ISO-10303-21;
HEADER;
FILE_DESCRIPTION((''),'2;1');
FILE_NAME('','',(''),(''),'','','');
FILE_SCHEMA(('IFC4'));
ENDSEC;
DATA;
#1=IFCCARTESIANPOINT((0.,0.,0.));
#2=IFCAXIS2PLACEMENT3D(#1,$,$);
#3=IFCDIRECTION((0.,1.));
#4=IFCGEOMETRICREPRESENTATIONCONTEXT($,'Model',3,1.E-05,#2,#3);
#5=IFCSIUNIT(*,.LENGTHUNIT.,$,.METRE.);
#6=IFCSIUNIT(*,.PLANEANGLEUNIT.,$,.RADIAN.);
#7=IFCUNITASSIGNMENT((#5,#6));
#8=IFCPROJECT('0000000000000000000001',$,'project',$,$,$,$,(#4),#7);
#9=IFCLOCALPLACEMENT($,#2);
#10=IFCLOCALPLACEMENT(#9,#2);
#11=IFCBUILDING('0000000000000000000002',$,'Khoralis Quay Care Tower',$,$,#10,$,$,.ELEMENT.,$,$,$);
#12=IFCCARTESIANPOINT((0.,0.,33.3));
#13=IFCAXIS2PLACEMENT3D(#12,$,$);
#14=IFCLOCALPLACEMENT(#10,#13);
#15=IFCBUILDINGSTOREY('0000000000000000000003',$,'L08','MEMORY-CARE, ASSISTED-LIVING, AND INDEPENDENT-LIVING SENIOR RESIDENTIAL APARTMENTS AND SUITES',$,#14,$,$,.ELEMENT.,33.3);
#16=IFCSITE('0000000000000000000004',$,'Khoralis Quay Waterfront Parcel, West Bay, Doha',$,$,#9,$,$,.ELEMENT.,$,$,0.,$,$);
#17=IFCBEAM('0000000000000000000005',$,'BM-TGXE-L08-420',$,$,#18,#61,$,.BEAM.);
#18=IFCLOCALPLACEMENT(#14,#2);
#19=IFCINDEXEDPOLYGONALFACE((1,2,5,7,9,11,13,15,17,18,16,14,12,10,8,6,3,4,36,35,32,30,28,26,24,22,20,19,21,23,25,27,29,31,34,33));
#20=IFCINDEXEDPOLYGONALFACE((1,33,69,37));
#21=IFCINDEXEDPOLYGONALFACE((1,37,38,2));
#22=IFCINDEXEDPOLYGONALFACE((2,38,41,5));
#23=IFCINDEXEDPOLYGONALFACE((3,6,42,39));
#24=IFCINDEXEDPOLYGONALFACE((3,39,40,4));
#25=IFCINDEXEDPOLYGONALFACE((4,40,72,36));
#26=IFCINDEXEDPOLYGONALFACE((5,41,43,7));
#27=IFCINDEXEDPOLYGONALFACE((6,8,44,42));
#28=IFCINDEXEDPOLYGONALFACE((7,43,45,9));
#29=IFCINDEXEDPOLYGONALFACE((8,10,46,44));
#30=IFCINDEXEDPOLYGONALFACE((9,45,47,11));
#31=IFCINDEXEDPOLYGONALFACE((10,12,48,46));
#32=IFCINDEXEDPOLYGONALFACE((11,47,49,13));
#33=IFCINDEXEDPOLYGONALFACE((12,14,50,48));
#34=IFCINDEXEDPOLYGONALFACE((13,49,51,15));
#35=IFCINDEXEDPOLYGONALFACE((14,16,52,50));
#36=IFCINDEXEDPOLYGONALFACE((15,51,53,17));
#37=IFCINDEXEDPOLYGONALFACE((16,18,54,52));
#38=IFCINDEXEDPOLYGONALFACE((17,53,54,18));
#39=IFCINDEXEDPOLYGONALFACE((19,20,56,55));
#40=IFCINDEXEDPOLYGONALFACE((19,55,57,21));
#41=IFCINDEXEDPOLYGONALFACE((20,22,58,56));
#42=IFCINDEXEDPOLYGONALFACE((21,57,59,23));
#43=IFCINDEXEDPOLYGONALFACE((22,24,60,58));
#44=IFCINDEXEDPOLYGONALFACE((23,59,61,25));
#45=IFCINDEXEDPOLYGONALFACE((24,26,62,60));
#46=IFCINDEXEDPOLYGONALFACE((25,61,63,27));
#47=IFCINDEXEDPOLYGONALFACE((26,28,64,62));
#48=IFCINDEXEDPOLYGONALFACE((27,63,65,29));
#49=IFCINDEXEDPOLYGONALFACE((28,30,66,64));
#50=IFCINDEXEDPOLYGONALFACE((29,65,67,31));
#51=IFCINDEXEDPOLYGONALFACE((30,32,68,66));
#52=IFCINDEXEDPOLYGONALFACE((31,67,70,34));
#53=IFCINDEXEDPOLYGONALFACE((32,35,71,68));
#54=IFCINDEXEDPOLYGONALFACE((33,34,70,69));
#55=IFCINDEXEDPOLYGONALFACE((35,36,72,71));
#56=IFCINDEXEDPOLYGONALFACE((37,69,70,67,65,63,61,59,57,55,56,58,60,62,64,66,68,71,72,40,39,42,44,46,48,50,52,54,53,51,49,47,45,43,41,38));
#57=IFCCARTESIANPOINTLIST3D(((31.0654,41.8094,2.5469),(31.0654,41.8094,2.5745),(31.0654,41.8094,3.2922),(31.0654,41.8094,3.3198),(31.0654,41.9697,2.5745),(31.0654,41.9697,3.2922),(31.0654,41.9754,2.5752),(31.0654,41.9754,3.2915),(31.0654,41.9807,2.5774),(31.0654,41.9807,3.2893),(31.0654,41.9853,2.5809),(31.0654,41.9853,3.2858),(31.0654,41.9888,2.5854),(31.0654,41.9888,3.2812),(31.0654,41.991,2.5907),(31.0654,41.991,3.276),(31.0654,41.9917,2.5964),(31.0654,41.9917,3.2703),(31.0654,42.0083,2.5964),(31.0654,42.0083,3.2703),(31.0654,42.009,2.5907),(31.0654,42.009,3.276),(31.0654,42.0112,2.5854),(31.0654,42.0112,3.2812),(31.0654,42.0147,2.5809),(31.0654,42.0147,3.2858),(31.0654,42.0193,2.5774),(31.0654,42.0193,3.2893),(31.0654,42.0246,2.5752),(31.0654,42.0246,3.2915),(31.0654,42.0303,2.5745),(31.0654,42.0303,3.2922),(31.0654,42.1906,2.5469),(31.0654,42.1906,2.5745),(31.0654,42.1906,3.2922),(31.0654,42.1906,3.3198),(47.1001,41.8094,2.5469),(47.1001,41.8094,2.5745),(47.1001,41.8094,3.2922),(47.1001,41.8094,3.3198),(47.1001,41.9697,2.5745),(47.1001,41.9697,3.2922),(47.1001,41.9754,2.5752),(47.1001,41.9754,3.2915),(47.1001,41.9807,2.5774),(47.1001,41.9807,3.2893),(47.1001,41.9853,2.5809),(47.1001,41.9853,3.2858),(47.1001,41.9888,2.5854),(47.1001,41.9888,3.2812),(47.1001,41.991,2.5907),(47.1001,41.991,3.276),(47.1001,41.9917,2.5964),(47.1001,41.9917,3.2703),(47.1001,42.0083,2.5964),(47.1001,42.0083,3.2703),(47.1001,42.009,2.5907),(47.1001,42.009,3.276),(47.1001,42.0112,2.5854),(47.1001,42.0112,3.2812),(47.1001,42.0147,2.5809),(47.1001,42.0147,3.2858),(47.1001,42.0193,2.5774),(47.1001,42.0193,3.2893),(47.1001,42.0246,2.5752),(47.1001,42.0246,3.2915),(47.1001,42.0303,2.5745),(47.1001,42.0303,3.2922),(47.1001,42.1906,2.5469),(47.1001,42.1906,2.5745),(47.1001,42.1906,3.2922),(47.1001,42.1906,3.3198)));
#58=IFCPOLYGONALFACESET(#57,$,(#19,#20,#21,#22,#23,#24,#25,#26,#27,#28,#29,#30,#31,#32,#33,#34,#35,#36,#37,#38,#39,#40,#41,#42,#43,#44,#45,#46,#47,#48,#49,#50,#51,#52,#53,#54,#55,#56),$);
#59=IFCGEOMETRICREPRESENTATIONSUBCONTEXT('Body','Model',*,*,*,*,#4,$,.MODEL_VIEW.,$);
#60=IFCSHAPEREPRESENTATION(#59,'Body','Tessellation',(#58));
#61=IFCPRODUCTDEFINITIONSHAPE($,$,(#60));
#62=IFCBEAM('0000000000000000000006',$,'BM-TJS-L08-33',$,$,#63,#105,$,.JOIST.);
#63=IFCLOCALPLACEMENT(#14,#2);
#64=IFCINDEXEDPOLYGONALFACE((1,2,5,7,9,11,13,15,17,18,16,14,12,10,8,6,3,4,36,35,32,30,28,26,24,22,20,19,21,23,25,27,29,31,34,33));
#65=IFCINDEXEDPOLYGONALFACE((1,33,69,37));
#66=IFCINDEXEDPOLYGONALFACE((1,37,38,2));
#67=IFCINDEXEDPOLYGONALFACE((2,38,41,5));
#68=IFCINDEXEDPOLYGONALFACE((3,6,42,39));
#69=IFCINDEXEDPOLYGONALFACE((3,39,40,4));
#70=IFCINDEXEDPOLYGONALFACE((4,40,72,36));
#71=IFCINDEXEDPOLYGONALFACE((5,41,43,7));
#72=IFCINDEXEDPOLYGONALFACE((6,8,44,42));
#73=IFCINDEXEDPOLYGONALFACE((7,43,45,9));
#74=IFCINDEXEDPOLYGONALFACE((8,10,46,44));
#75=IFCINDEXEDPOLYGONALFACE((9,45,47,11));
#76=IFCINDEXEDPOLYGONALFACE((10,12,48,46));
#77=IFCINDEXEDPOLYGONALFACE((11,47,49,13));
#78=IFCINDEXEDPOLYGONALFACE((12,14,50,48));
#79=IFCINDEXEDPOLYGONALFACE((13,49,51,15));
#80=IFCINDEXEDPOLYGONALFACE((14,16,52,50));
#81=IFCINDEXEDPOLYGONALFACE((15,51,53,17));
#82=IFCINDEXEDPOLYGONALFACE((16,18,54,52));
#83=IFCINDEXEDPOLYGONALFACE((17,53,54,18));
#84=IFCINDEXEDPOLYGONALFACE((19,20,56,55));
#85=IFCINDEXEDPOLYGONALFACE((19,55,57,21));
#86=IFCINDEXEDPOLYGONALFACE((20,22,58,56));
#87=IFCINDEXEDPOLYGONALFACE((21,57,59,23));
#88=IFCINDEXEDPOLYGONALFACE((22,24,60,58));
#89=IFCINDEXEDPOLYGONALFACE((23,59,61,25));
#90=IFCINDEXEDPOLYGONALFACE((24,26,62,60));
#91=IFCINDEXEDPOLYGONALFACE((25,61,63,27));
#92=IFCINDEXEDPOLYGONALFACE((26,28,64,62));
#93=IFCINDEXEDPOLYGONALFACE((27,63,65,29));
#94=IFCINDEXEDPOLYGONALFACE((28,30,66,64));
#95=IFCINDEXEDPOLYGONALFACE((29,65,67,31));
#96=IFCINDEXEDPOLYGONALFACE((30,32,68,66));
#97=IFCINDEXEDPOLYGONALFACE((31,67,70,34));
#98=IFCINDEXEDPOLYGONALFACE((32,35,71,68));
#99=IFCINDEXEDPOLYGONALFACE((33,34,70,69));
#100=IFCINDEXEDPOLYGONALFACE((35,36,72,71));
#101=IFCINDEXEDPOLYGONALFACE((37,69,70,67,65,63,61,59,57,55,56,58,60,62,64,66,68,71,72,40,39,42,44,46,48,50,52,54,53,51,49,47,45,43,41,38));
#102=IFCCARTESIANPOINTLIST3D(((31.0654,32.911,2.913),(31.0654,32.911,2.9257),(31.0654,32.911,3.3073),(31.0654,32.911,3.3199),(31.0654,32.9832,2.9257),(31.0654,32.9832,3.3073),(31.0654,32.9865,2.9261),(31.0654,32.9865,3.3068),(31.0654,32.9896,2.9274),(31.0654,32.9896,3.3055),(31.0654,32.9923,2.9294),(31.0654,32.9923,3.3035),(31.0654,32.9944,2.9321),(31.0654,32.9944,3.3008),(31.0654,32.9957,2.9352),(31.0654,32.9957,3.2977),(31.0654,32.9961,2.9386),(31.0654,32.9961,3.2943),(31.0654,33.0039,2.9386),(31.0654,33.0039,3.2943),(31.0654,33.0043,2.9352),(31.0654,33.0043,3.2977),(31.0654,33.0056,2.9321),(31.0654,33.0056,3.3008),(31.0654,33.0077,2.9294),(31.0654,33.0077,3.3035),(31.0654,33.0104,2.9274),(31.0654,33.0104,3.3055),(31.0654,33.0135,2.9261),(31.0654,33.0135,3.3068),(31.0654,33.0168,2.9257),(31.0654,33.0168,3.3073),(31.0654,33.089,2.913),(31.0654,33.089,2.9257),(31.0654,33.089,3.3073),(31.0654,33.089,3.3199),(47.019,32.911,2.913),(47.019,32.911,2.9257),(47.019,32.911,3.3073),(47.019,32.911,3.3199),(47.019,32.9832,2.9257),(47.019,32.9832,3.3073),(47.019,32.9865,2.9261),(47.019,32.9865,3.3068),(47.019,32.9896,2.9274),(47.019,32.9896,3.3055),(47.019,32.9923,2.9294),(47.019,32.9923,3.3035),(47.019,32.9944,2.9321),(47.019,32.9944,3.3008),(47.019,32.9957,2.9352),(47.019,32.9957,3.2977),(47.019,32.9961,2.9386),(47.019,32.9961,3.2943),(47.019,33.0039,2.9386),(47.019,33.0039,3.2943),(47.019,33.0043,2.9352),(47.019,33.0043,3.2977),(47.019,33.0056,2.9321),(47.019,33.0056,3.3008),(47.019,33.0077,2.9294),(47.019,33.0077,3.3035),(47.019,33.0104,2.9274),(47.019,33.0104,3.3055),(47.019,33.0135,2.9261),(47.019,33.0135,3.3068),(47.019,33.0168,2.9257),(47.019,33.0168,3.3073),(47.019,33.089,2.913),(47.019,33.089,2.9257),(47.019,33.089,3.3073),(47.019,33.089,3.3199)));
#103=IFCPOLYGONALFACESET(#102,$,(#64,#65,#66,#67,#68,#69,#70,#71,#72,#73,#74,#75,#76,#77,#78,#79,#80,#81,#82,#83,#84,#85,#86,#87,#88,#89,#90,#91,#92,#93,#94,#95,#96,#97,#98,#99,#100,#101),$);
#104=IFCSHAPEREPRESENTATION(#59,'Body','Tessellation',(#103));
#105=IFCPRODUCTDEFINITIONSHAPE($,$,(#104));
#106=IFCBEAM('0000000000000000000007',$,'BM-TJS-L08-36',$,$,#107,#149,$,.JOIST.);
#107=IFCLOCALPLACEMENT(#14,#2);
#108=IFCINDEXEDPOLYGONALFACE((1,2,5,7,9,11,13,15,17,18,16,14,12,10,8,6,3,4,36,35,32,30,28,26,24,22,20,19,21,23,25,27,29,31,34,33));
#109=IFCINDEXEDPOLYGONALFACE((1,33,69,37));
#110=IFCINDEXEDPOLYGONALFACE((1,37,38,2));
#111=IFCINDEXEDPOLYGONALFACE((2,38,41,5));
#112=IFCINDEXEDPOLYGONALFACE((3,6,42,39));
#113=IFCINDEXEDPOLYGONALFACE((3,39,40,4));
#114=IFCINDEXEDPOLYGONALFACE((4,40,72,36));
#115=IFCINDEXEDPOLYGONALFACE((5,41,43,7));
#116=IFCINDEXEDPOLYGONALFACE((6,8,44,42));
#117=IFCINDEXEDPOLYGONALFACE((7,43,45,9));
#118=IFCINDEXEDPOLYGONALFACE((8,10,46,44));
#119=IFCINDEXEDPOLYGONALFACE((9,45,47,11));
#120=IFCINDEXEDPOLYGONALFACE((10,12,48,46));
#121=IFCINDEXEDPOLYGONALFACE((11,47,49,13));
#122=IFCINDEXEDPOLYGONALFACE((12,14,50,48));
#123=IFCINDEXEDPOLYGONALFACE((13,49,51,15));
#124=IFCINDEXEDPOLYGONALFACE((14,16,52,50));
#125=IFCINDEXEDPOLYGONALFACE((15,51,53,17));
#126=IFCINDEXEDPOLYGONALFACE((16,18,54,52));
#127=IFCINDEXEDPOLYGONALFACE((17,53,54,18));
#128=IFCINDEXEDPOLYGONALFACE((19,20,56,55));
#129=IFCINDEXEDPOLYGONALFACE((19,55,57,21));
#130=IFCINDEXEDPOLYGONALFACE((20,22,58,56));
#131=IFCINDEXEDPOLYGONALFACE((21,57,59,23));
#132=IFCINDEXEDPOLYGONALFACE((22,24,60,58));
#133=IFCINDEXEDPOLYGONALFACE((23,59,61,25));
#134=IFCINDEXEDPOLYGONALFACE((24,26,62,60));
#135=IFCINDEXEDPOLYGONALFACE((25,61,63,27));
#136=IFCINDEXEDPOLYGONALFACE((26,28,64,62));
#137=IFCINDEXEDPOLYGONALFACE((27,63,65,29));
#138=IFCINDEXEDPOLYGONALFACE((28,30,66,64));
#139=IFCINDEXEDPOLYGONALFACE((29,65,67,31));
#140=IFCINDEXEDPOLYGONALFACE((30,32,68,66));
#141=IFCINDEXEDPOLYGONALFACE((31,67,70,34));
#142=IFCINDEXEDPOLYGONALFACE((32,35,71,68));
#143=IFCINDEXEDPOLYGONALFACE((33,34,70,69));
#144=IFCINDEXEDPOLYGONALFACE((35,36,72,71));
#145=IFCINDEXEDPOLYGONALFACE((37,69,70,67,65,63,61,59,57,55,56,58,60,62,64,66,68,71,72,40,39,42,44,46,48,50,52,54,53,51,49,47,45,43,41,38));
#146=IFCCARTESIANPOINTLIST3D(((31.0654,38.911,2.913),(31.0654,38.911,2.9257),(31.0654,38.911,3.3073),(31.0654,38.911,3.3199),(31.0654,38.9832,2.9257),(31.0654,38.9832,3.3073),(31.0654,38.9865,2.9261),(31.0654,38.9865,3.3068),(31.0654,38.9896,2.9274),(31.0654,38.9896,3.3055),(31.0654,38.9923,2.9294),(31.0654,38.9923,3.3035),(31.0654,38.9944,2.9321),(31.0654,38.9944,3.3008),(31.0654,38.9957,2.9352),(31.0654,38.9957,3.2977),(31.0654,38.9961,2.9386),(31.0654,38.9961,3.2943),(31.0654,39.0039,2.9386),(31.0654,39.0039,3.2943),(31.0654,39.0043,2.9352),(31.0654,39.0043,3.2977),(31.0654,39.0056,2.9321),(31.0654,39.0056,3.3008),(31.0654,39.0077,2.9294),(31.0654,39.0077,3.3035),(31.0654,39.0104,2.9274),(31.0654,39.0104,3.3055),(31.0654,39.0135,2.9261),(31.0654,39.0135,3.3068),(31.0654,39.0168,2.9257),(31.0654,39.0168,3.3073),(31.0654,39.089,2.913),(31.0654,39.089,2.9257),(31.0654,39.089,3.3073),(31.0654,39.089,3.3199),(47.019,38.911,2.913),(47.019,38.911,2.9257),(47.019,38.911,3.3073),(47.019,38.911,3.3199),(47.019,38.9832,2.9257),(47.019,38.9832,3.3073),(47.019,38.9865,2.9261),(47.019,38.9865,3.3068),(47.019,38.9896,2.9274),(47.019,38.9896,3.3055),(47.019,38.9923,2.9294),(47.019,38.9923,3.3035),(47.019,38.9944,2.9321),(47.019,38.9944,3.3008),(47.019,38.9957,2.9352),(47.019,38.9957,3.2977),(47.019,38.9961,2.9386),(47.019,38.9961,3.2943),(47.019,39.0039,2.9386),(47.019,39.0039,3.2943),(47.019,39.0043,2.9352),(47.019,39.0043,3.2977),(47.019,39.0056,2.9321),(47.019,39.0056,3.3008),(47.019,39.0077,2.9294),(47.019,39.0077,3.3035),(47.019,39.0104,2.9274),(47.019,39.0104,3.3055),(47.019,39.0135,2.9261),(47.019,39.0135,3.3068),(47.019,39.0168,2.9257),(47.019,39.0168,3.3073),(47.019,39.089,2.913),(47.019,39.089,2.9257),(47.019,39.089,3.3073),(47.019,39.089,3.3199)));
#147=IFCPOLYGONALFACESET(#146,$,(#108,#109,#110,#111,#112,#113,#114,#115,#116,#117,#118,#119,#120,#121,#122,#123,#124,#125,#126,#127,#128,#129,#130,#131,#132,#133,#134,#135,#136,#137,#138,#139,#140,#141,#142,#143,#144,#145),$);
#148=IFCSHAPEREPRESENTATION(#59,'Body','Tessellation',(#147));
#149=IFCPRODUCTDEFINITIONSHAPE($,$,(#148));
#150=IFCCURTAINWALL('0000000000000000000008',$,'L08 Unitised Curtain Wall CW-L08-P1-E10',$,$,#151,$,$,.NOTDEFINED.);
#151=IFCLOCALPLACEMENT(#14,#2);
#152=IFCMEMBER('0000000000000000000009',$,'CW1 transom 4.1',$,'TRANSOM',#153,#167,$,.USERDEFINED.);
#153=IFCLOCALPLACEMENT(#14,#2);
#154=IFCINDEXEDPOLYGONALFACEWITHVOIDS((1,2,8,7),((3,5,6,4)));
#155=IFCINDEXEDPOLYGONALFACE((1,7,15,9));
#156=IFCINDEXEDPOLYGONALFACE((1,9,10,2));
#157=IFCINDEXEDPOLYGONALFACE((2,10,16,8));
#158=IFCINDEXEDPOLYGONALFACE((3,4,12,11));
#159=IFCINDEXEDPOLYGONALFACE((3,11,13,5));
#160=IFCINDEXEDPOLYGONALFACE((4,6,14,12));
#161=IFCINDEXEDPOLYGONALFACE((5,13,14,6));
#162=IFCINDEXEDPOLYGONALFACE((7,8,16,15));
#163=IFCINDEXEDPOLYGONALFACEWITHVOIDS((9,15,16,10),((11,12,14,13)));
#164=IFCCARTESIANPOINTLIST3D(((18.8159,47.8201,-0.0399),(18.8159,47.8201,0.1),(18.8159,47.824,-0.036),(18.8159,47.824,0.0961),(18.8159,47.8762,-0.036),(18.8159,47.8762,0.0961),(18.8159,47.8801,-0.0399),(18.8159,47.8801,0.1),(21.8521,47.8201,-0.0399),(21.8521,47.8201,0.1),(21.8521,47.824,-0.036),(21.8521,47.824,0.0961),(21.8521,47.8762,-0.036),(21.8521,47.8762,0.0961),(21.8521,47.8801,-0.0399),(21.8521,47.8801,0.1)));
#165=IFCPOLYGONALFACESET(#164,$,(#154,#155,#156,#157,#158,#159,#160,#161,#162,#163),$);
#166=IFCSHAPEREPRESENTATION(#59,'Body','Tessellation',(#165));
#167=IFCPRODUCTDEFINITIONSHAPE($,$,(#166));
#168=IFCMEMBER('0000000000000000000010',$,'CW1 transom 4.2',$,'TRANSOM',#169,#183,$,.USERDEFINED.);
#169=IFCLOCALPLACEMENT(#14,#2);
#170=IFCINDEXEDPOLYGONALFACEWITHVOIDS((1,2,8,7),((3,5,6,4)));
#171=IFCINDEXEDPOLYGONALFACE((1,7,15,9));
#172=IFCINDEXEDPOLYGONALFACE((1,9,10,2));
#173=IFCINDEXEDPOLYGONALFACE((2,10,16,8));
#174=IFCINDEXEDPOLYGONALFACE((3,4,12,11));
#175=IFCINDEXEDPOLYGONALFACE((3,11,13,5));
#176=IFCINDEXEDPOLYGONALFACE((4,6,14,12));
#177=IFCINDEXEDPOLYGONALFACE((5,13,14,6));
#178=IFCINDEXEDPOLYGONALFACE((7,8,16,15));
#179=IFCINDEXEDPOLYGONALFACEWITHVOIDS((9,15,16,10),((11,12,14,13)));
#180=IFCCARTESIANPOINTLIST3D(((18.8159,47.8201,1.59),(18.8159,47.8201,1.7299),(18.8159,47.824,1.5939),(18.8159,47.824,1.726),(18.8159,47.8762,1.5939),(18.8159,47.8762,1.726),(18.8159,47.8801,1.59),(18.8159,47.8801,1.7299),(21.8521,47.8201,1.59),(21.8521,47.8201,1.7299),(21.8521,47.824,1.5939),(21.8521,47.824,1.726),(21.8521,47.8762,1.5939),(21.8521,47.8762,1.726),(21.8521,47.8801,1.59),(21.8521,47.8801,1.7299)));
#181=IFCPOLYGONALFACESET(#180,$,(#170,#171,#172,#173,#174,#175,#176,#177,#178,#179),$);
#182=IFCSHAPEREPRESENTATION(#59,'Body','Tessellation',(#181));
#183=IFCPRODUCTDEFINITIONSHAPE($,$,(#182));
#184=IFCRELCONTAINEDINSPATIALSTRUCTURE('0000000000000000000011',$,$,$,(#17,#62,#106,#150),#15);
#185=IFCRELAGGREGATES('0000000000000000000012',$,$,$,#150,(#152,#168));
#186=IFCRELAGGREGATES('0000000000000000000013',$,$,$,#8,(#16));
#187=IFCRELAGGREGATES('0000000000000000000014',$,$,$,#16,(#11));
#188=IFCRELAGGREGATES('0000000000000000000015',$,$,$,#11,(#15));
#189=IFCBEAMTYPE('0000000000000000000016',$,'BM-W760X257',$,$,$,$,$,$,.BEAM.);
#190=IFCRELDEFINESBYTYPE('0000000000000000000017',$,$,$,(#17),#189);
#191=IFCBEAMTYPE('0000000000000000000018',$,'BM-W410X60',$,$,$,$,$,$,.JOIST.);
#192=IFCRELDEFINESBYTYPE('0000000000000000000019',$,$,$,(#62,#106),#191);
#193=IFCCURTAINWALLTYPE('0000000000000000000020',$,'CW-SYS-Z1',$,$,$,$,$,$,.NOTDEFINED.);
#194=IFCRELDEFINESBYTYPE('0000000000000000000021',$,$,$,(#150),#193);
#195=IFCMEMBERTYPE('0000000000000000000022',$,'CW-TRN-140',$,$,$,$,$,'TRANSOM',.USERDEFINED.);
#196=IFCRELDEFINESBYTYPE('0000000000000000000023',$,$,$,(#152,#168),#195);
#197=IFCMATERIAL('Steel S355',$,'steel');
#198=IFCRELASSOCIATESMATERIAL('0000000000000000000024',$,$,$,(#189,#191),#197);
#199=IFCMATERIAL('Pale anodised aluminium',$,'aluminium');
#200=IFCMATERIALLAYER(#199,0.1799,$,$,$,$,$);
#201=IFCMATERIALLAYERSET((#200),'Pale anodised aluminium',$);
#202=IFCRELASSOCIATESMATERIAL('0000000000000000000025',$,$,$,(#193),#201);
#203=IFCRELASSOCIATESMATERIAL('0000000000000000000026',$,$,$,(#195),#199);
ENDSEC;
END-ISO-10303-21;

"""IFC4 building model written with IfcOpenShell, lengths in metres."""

from ifc_helpers import new_model, si_unit, direction, frame, origin, origin_2d, place, context, subcontext, project, spatial, hollow_rectangle, i_section, extrude, source, transform, mapped, material, layer, layer_set, material_profile, profile_set, type_object, element, aggregate, save


model = new_model("IFC4")

# Units and contexts
model_context = context("Model", 3, precision=1e-05, world=origin(), true_north=direction((0.0, 1.0)))
body_context = subcontext(model_context, "Body", "Model", "MODEL_VIEW")
ifc_project = project(units=[si_unit("LENGTHUNIT", "METRE"), si_unit("PLANEANGLEUNIT", "RADIAN")], contexts=[model_context])

# Site, building, storey
site_placement = place(None, origin())
site = spatial("IfcSite", under=ifc_project, at=site_placement, Name="Khoralis Quay Waterfront Parcel, West Bay, Doha", CompositionType="ELEMENT", RefElevation=0.0)
building_placement = place(site_placement, origin())
building = spatial("IfcBuilding", under=site, at=building_placement, Name="Khoralis Quay Care Tower", CompositionType="ELEMENT")
storey_placement = place(building_placement, frame((0.0, 0.0, 33.3)))
storey = spatial("IfcBuildingStorey", under=building, at=storey_placement, Name="L08", Description="MEMORY-CARE, ASSISTED-LIVING, AND INDEPENDENT-LIVING SENIOR RESIDENTIAL APARTMENTS AND SUITES", CompositionType="ELEMENT", Elevation=33.3)

# Beams
ifc_material_1 = material(Name="Steel S355", Category="steel")
ifc_material_profile_1 = material_profile(ifc_material_1, i_section(OverallWidth=0.3811, OverallDepth=0.7729, WebThickness=0.0166, FlangeThickness=0.0276, FilletRadius=0.022, at=origin_2d()), Name="Steel S355")
ifc_profile_set_1 = profile_set([ifc_material_profile_1], Name="Steel S355")
beam_type_1 = type_object("IfcBeamType", Name="BM-W760X257", PredefinedType="BEAM", material=ifc_profile_set_1)
shared_shape_1 = source(origin(), body_context, "Body", "SweptSolid", [
    extrude(i_section(OverallWidth=0.3811, OverallDepth=0.7729, WebThickness=0.0166, FlangeThickness=0.0276, FilletRadius=0.022, at=origin_2d()), origin(), (0.0, 0.0, 1.0), 16.0347),
])
for number, where, z_axis, x_axis, name in (
    (1, (31.0654, 42.0, 2.9333), (1.0, 0.0, 0.0), (0.0, 1.0, 0.0), "BM-TGXE-L08-420"),
):
    element("IfcBeam", number, at=place(storey_placement, frame(where, z_axis=z_axis, x_axis=x_axis)), inside=storey, type_object=beam_type_1, Name=name, PredefinedType="BEAM", context=body_context, shape_type="MappedRepresentation", body=[
        mapped(shared_shape_1, transform((0.0, 0.0, 0.0), scale=1.0)),
    ])
ifc_material_profile_2 = material_profile(ifc_material_1, i_section(OverallWidth=0.178, OverallDepth=0.407, WebThickness=0.0078, FlangeThickness=0.0127, FilletRadius=0.0129, at=origin_2d()), Name="Steel S355")
ifc_profile_set_2 = profile_set([ifc_material_profile_2], Name="Steel S355")
beam_type_2 = type_object("IfcBeamType", Name="BM-W410X60", PredefinedType="JOIST", material=ifc_profile_set_2)
shared_shape_2 = source(origin(), body_context, "Body", "SweptSolid", [
    extrude(i_section(OverallWidth=0.178, OverallDepth=0.407, WebThickness=0.0078, FlangeThickness=0.0127, FilletRadius=0.0129, at=origin_2d()), origin(), (0.0, 0.0, 1.0), 15.9536),
])
for number, where, z_axis, x_axis, name in (
    (2, (31.0654, 33.0, 3.1165), (1.0, 0.0, 0.0), (0.0, 1.0, 0.0), "BM-TJS-L08-33"),
    (3, (31.0654, 39.0, 3.1165), (1.0, 0.0, 0.0), (0.0, 1.0, 0.0), "BM-TJS-L08-36"),
):
    element("IfcBeam", number, at=place(storey_placement, frame(where, z_axis=z_axis, x_axis=x_axis)), inside=storey, type_object=beam_type_2, Name=name, PredefinedType="JOIST", context=body_context, shape_type="MappedRepresentation", body=[
        mapped(shared_shape_2, transform((0.0, 0.0, 0.0), scale=1.0)),
    ])

# Curtain wall, members
ifc_material_2 = material(Name="Pale anodised aluminium", Category="aluminium")
ifc_layer_1 = layer(ifc_material_2, 0.1799)
ifc_layer_set_1 = layer_set([ifc_layer_1], Name="Pale anodised aluminium")
curtain_wall_type = type_object("IfcCurtainWallType", Name="CW-SYS-Z1", PredefinedType="NOTDEFINED", material=ifc_layer_set_1)
curtain_wall_placement = place(storey_placement, origin())
curtain_wall = element("IfcCurtainWall", 4, at=curtain_wall_placement, inside=storey, type_object=curtain_wall_type, Name="L08 Unitised Curtain Wall CW-L08-P1-E10", PredefinedType="NOTDEFINED")
ifc_material_profile_3 = material_profile(ifc_material_2, hollow_rectangle(XDim=0.0601, YDim=0.1399, WallThickness=0.0039, at=origin_2d()), Name="Pale anodised aluminium")
ifc_profile_set_3 = profile_set([ifc_material_profile_3], Name="Pale anodised aluminium")
member_type = type_object("IfcMemberType", Name="CW-TRN-140", ElementType="TRANSOM", PredefinedType="USERDEFINED", material=ifc_profile_set_3)
shared_shape_3 = source(origin(), body_context, "Body", "SweptSolid", [
    extrude(hollow_rectangle(XDim=0.0601, YDim=0.1399, WallThickness=0.0039, at=origin_2d()), origin(), (0.0, 0.0, 1.0), 3.0361),
])
member_1_placement = place(storey_placement, frame((21.8521, 47.8501, 0.03), z_axis=(-1.0, 0.0, 0.0), x_axis=(0.0, -1.0, 0.0)))
member_1 = element("IfcMember", 5, at=member_1_placement, type_object=member_type, Name="CW1 transom 4.1", ObjectType="TRANSOM", PredefinedType="USERDEFINED", context=body_context, shape_type="MappedRepresentation", body=[
    mapped(shared_shape_3, transform((0.0, 0.0, 0.0), scale=1.0)),
])
member_2_placement = place(storey_placement, frame((21.8521, 47.8501, 1.6599), z_axis=(-1.0, 0.0, 0.0), x_axis=(0.0, -1.0, 0.0)))
member_2 = element("IfcMember", 6, at=member_2_placement, type_object=member_type, Name="CW1 transom 4.2", ObjectType="TRANSOM", PredefinedType="USERDEFINED", context=body_context, shape_type="MappedRepresentation", body=[
    mapped(shared_shape_3, transform((0.0, 0.0, 0.0), scale=1.0)),
])
aggregate(curtain_wall, [member_1, member_2])

save(model, "model.ifc")
